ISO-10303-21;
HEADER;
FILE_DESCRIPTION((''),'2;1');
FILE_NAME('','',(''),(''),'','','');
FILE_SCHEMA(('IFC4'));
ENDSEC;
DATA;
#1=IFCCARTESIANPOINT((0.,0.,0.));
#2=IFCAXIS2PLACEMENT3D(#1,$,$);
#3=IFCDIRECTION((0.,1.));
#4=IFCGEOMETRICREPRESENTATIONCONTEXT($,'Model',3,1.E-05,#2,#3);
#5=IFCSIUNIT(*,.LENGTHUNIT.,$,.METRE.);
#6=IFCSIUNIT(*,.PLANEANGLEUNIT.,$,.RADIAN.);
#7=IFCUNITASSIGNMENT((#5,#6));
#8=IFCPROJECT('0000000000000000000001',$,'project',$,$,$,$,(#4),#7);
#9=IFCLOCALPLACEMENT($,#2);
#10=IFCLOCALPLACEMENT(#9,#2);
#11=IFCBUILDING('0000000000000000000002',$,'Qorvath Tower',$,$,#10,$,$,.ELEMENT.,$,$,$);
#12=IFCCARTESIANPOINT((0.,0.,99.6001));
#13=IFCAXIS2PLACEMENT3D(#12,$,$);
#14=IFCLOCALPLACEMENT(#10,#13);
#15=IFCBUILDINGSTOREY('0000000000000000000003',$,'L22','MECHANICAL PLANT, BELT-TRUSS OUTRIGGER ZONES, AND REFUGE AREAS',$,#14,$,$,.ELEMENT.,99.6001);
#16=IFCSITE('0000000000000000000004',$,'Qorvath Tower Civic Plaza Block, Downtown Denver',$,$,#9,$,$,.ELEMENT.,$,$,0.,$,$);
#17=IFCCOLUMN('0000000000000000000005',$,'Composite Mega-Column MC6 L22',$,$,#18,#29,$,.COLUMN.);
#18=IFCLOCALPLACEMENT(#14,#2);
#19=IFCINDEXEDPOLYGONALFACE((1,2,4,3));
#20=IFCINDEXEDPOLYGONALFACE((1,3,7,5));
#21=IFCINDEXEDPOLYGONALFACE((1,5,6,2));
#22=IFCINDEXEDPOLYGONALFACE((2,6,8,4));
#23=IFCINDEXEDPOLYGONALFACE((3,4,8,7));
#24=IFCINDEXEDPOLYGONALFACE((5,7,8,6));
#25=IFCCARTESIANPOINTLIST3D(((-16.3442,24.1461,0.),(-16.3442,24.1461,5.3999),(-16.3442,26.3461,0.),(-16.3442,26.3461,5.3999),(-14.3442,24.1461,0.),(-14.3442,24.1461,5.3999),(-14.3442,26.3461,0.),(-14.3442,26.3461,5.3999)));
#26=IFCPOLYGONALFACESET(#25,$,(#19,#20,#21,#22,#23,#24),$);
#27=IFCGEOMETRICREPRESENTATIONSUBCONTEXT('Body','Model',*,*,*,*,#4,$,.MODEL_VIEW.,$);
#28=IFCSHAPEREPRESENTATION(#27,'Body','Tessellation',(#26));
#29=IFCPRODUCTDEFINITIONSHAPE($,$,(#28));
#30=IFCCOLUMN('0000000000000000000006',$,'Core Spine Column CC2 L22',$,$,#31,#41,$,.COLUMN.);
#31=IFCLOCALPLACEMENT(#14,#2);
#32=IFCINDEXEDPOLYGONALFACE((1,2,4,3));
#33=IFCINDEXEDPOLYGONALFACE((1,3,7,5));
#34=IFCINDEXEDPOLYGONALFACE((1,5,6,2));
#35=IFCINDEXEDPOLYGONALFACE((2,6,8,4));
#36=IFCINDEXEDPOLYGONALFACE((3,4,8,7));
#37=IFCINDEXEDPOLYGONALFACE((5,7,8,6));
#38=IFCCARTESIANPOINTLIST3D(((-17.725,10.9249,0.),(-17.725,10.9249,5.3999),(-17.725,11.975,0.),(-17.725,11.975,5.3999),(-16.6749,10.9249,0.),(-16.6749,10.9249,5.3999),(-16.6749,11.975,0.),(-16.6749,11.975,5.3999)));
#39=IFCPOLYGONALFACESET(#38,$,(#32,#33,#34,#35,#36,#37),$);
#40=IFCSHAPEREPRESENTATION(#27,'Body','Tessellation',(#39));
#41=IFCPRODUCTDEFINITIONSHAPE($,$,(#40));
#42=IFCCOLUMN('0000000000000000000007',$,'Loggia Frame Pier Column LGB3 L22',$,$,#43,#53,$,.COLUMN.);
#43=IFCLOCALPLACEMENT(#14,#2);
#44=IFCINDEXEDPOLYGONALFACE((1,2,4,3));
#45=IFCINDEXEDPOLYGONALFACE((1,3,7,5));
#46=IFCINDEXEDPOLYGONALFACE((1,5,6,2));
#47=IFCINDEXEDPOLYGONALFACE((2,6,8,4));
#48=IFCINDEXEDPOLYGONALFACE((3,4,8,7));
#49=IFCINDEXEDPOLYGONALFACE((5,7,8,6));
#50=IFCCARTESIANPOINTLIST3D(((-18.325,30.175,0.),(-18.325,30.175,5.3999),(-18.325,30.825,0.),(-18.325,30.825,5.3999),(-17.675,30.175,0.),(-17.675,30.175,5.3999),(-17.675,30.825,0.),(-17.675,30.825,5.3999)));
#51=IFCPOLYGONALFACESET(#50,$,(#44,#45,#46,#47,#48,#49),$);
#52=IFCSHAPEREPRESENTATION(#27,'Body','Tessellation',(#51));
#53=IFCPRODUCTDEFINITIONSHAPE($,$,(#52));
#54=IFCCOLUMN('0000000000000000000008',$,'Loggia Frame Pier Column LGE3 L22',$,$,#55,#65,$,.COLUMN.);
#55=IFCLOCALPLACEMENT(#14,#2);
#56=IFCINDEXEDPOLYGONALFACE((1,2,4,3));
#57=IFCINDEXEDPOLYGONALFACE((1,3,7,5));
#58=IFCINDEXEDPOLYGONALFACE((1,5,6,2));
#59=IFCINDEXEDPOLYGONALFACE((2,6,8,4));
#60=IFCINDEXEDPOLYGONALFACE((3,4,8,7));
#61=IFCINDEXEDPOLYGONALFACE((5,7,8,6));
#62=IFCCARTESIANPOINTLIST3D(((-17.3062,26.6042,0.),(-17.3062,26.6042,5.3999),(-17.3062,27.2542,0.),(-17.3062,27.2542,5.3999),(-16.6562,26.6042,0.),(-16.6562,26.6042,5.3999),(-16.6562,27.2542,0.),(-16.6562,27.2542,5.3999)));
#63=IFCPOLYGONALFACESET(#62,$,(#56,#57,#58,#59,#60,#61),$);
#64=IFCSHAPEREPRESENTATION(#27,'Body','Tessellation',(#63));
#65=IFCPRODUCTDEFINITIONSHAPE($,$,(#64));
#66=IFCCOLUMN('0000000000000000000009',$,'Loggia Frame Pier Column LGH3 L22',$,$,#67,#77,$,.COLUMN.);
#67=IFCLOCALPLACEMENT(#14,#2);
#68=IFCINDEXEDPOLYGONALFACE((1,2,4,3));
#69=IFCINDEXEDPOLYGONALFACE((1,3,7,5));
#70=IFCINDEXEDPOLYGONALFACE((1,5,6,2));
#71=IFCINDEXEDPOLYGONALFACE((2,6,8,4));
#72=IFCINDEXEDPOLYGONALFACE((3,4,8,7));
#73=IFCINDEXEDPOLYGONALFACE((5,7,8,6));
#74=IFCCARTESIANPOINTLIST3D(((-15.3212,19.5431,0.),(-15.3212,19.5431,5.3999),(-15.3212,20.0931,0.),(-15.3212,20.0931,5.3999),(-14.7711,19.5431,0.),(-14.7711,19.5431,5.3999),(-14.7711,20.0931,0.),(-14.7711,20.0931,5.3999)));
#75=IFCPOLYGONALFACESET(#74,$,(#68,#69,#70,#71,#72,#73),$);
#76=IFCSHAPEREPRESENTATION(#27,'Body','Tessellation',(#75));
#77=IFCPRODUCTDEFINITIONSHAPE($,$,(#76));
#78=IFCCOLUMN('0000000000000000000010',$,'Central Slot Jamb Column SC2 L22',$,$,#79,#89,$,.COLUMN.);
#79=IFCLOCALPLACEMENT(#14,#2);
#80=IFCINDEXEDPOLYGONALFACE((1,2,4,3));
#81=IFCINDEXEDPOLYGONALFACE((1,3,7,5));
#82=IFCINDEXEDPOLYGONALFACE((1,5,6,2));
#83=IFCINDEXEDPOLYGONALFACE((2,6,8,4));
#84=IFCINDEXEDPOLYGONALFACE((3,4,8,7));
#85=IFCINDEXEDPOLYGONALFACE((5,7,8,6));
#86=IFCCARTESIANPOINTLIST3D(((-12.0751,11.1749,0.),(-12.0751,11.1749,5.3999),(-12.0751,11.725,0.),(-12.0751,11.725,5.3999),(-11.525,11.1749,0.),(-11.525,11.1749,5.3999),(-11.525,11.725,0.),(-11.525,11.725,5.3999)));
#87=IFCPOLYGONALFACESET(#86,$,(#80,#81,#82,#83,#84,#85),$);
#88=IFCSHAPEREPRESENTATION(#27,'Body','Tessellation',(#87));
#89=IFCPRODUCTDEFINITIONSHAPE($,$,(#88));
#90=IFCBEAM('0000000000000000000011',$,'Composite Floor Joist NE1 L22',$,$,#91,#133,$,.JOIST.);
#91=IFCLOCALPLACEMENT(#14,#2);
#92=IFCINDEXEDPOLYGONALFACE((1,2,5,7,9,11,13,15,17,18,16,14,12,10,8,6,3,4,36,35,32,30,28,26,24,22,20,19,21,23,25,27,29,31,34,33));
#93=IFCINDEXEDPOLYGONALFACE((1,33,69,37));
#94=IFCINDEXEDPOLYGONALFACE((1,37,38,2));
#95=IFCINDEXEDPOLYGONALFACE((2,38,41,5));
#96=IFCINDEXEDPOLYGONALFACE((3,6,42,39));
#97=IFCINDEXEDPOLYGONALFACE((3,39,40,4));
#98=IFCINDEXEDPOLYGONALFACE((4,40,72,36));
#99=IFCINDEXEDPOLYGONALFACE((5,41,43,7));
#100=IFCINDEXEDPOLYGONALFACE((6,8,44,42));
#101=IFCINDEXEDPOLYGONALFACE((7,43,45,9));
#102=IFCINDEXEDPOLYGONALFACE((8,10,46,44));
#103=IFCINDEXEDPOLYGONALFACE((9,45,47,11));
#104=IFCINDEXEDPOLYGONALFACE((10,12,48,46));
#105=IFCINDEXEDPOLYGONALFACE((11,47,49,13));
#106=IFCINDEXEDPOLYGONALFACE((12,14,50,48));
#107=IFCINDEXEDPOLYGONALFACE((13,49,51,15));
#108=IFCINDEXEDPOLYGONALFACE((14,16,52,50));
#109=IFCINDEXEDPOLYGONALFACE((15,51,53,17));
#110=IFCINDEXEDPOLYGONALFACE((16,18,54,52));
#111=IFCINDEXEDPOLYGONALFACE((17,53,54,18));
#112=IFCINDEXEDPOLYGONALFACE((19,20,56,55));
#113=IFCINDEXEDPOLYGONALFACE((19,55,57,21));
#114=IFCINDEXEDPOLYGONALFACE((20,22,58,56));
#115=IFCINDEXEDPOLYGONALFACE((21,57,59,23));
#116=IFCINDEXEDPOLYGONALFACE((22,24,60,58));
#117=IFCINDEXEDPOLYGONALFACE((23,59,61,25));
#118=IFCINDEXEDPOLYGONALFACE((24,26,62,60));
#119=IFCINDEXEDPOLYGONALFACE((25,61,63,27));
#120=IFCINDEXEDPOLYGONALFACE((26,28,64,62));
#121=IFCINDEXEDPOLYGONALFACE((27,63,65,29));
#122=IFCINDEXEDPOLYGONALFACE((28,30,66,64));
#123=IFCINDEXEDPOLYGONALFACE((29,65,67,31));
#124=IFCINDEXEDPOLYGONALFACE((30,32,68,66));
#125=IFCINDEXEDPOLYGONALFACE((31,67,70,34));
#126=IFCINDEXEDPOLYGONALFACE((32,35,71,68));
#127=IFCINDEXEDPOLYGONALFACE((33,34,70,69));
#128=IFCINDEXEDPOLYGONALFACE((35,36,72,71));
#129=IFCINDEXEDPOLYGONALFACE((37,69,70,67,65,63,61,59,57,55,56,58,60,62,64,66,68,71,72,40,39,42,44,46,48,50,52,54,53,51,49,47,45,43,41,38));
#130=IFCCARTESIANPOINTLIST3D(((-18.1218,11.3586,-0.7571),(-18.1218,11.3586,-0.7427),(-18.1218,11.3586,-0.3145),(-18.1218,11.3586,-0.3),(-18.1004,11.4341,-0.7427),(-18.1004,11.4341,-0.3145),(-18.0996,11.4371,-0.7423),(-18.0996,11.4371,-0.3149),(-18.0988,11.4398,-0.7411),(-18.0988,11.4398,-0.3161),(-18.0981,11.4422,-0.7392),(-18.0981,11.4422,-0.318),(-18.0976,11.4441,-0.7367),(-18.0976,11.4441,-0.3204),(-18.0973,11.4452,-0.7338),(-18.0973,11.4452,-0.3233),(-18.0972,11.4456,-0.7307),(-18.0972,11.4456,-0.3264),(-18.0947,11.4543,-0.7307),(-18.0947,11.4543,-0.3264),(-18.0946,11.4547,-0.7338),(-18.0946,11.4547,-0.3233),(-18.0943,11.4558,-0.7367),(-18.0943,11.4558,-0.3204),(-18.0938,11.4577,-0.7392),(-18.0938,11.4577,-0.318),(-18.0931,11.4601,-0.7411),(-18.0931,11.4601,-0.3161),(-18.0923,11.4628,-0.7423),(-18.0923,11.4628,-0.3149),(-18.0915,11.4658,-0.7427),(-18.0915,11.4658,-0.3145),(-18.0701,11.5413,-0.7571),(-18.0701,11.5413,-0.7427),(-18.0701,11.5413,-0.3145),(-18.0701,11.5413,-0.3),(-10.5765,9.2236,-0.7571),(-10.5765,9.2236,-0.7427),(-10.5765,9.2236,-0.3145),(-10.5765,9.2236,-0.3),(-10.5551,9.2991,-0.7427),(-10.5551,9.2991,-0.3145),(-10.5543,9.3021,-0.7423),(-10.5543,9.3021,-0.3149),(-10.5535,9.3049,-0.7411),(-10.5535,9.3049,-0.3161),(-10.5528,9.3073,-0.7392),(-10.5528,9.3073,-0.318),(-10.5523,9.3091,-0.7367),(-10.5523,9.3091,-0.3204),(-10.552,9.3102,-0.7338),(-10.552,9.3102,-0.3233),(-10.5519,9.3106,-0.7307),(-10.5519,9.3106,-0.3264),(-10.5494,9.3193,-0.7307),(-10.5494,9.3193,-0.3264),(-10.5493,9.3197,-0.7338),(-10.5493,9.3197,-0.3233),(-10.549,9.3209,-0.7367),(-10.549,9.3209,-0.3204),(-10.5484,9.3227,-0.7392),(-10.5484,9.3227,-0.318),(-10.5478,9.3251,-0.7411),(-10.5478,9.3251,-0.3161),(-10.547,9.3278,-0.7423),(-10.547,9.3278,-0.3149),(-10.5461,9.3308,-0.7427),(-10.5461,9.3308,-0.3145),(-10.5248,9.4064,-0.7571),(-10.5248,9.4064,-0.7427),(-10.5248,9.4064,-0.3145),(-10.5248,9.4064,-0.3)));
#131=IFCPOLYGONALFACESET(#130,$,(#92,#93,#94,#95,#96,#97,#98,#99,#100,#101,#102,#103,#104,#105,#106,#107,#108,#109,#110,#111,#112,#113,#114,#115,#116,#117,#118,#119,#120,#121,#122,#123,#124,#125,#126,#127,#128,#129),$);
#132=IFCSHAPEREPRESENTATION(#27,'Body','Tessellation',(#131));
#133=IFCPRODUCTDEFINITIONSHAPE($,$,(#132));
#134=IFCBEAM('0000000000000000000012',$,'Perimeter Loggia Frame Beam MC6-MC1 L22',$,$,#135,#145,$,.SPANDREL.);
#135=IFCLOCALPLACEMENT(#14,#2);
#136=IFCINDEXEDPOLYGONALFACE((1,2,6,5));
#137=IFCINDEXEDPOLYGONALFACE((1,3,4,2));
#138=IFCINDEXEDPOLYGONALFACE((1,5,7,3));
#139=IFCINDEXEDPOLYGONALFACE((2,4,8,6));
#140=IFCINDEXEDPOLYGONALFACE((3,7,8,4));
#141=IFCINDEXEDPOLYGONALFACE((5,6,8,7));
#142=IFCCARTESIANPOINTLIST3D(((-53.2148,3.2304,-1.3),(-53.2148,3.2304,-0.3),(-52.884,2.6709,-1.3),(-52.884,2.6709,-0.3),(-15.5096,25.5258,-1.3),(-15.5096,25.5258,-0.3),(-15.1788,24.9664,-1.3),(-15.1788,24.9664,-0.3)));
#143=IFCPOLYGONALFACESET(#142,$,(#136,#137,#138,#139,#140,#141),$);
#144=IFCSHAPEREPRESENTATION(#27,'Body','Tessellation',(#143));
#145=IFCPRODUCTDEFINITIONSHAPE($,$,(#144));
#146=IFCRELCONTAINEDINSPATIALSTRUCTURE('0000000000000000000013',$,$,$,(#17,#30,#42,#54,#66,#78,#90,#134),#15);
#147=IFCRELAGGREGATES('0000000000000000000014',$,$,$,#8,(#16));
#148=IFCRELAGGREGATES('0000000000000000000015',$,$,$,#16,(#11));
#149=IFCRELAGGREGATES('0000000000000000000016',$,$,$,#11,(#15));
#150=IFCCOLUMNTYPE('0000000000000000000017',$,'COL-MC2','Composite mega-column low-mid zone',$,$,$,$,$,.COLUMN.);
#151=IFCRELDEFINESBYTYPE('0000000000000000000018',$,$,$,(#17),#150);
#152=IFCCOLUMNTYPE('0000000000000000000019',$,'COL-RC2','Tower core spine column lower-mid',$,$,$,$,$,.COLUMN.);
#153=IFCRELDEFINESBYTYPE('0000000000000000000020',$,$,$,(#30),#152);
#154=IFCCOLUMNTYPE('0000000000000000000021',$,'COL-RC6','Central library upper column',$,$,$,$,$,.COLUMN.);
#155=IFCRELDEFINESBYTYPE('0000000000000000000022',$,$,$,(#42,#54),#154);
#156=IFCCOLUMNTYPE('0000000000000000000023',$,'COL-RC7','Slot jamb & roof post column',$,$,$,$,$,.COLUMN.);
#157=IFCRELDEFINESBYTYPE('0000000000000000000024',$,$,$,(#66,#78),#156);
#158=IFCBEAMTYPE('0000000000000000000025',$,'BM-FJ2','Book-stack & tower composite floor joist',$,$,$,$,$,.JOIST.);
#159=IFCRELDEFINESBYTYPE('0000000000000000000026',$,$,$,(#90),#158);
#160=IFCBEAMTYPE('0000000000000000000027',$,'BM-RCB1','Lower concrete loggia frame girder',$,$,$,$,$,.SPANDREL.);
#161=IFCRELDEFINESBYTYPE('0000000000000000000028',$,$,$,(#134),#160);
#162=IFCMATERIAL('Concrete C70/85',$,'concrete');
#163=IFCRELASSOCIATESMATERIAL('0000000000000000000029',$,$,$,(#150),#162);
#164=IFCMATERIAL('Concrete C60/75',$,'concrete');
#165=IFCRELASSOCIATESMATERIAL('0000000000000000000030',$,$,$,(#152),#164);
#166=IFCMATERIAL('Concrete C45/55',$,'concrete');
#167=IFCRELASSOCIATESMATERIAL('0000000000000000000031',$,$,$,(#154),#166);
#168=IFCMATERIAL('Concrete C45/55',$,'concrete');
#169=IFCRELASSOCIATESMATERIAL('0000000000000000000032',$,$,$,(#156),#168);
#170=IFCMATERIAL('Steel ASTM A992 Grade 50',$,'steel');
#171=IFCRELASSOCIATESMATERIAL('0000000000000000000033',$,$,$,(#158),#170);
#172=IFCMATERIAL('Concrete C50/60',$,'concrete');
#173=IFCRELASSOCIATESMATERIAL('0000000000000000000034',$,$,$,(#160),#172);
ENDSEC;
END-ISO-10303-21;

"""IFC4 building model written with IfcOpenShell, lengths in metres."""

from ifc_helpers import new_model, si_unit, direction, frame, origin, origin_2d, place, context, subcontext, project, spatial, rectangle, i_section, extrude, material, material_profile, profile_set, type_object, element, save


model = new_model("IFC4")

# Units and contexts
model_context = context("Model", 3, precision=1e-05, world=origin(), true_north=direction((0.0, 1.0)))
body_context = subcontext(model_context, "Body", "Model", "MODEL_VIEW")
ifc_project = project(units=[si_unit("LENGTHUNIT", "METRE"), si_unit("PLANEANGLEUNIT", "RADIAN")], contexts=[model_context])

# Site, building, storey
site_placement = place(None, origin())
site = spatial("IfcSite", under=ifc_project, at=site_placement, Name="Qorvath Tower Civic Plaza Block, Downtown Denver", CompositionType="ELEMENT", RefElevation=0.0)
building_placement = place(site_placement, origin())
building = spatial("IfcBuilding", under=site, at=building_placement, Name="Qorvath Tower", CompositionType="ELEMENT")
storey_placement = place(building_placement, frame((0.0, 0.0, 99.6001)))
storey = spatial("IfcBuildingStorey", under=building, at=storey_placement, Name="L22", Description="MECHANICAL PLANT, BELT-TRUSS OUTRIGGER ZONES, AND REFUGE AREAS", CompositionType="ELEMENT", Elevation=99.6001)

# Columns
ifc_material_1 = material(Name="Concrete C70/85", Category="concrete")
ifc_material_profile_1 = material_profile(ifc_material_1, rectangle(XDim=2.0, YDim=2.2, at=origin_2d()), Name="MC 2200x2000")
ifc_profile_set_1 = profile_set([ifc_material_profile_1], Name="Concrete C70/85")
column_type_1 = type_object("IfcColumnType", Name="COL-MC2", Description="Composite mega-column low-mid zone", PredefinedType="COLUMN", material=ifc_profile_set_1)
column_1_placement = place(storey_placement, frame((-15.3442, 25.2461, 0.0), z_axis=(0.0, 0.0, 1.0), x_axis=(1.0, 0.0, 0.0)))
element("IfcColumn", 1, at=column_1_placement, inside=storey, type_object=column_type_1, Name="Composite Mega-Column MC6 L22", PredefinedType="COLUMN", context=body_context, shape_type="SweptSolid", body=[
    extrude(rectangle(XDim=2.0, YDim=2.2, at=origin_2d()), origin(), (0.0, 0.0, 1.0), 5.3999),
])
ifc_material_2 = material(Name="Concrete C60/75", Category="concrete")
ifc_material_profile_2 = material_profile(ifc_material_2, rectangle(XDim=1.05, YDim=1.05, at=origin_2d()), Name="RC 1050x1050")
ifc_profile_set_2 = profile_set([ifc_material_profile_2], Name="Concrete C60/75")
column_type_2 = type_object("IfcColumnType", Name="COL-RC2", Description="Tower core spine column lower-mid", PredefinedType="COLUMN", material=ifc_profile_set_2)
column_2_placement = place(storey_placement, frame((-17.2, 11.45, 0.0), z_axis=(0.0, 0.0, 1.0), x_axis=(1.0, 0.0, 0.0)))
element("IfcColumn", 2, at=column_2_placement, inside=storey, type_object=column_type_2, Name="Core Spine Column CC2 L22", PredefinedType="COLUMN", context=body_context, shape_type="SweptSolid", body=[
    extrude(rectangle(XDim=1.05, YDim=1.05, at=origin_2d()), origin(), (0.0, 0.0, 1.0), 5.3999),
])
ifc_material_3 = material(Name="Concrete C45/55", Category="concrete")
ifc_material_profile_3 = material_profile(ifc_material_3, rectangle(XDim=0.6499, YDim=0.6499, at=origin_2d()), Name="RC 650x650")
ifc_profile_set_3 = profile_set([ifc_material_profile_3], Name="Concrete C45/55")
column_type_3 = type_object("IfcColumnType", Name="COL-RC6", Description="Central library upper column", PredefinedType="COLUMN", material=ifc_profile_set_3)
for number, where, z_axis, x_axis, name in (
    (3, (-18.0, 30.5, 0.0), (0.0, 0.0, 1.0), (1.0, 0.0, 0.0), "Loggia Frame Pier Column LGB3 L22"),
    (4, (-16.9812, 26.9292, 0.0), (0.0, 0.0, 1.0), (1.0, 0.0, 0.0), "Loggia Frame Pier Column LGE3 L22"),
):
    element("IfcColumn", number, at=place(storey_placement, frame(where, z_axis=z_axis, x_axis=x_axis)), inside=storey, type_object=column_type_3, Name=name, PredefinedType="COLUMN", context=body_context, shape_type="SweptSolid", body=[
        extrude(rectangle(XDim=0.6499, YDim=0.6499, at=origin_2d()), origin(), (0.0, 0.0, 1.0), 5.3999),
    ])
ifc_material_4 = material(Name="Concrete C45/55", Category="concrete")
ifc_material_profile_4 = material_profile(ifc_material_4, rectangle(XDim=0.55, YDim=0.55, at=origin_2d()), Name="RC 550x550")
ifc_profile_set_4 = profile_set([ifc_material_profile_4], Name="Concrete C45/55")
column_type_4 = type_object("IfcColumnType", Name="COL-RC7", Description="Slot jamb & roof post column", PredefinedType="COLUMN", material=ifc_profile_set_4)
for number, where, z_axis, x_axis, name in (
    (5, (-15.0461, 19.8181, 0.0), (0.0, 0.0, 1.0), (1.0, 0.0, 0.0), "Loggia Frame Pier Column LGH3 L22"),
    (6, (-11.8, 11.45, 0.0), (0.0, 0.0, 1.0), (1.0, 0.0, 0.0), "Central Slot Jamb Column SC2 L22"),
):
    element("IfcColumn", number, at=place(storey_placement, frame(where, z_axis=z_axis, x_axis=x_axis)), inside=storey, type_object=column_type_4, Name=name, PredefinedType="COLUMN", context=body_context, shape_type="SweptSolid", body=[
        extrude(rectangle(XDim=0.55, YDim=0.55, at=origin_2d()), origin(), (0.0, 0.0, 1.0), 5.3999),
    ])

# Beams
ifc_material_5 = material(Name="Steel ASTM A992 Grade 50", Category="steel")
ifc_material_profile_5 = material_profile(ifc_material_5, i_section(OverallWidth=0.1899, OverallDepth=0.457, WebThickness=0.009, FlangeThickness=0.0144, FilletRadius=0.012, at=origin_2d()), Name="W18x50")
ifc_profile_set_5 = profile_set([ifc_material_profile_5], Name="Steel ASTM A992 Grade 50")
beam_type_1 = type_object("IfcBeamType", Name="BM-FJ2", Description="Book-stack & tower composite floor joist", PredefinedType="JOIST", material=ifc_profile_set_5)
beam_1_placement = place(storey_placement, frame((-18.0959, 11.45, -0.5286), z_axis=(0.962222, -0.272265, 0.0), x_axis=(0.272265, 0.962222, 0.0)))
element("IfcBeam", 7, at=beam_1_placement, inside=storey, type_object=beam_type_1, Name="Composite Floor Joist NE1 L22", PredefinedType="JOIST", context=body_context, shape_type="SweptSolid", body=[
    extrude(i_section(OverallWidth=0.1899, OverallDepth=0.457, WebThickness=0.009, FlangeThickness=0.0144, FilletRadius=0.012, at=origin_2d()), origin(), (0.0, 0.0, 1.0), 7.8416),
])
ifc_material_6 = material(Name="Concrete C50/60", Category="concrete")
ifc_material_profile_6 = material_profile(ifc_material_6, rectangle(XDim=0.6499, YDim=1.0, at=origin_2d()), Name="RCB 1000x650")
ifc_profile_set_6 = profile_set([ifc_material_profile_6], Name="Concrete C50/60")
beam_type_2 = type_object("IfcBeamType", Name="BM-RCB1", Description="Lower concrete loggia frame girder", PredefinedType="SPANDREL", material=ifc_profile_set_6)
beam_2_placement = place(storey_placement, frame((-15.3442, 25.2461, -0.8), z_axis=(-0.860775, -0.508985, 0.0), x_axis=(0.508985, -0.860775, 0.0)))
element("IfcBeam", 8, at=beam_2_placement, inside=storey, type_object=beam_type_2, Name="Perimeter Loggia Frame Beam MC6-MC1 L22", PredefinedType="SPANDREL", context=body_context, shape_type="SweptSolid", body=[
    extrude(rectangle(XDim=0.6499, YDim=1.0, at=origin_2d()), origin(), (0.0, 0.0, 1.0), 43.8037),
])

save(model, "model.ifc")
